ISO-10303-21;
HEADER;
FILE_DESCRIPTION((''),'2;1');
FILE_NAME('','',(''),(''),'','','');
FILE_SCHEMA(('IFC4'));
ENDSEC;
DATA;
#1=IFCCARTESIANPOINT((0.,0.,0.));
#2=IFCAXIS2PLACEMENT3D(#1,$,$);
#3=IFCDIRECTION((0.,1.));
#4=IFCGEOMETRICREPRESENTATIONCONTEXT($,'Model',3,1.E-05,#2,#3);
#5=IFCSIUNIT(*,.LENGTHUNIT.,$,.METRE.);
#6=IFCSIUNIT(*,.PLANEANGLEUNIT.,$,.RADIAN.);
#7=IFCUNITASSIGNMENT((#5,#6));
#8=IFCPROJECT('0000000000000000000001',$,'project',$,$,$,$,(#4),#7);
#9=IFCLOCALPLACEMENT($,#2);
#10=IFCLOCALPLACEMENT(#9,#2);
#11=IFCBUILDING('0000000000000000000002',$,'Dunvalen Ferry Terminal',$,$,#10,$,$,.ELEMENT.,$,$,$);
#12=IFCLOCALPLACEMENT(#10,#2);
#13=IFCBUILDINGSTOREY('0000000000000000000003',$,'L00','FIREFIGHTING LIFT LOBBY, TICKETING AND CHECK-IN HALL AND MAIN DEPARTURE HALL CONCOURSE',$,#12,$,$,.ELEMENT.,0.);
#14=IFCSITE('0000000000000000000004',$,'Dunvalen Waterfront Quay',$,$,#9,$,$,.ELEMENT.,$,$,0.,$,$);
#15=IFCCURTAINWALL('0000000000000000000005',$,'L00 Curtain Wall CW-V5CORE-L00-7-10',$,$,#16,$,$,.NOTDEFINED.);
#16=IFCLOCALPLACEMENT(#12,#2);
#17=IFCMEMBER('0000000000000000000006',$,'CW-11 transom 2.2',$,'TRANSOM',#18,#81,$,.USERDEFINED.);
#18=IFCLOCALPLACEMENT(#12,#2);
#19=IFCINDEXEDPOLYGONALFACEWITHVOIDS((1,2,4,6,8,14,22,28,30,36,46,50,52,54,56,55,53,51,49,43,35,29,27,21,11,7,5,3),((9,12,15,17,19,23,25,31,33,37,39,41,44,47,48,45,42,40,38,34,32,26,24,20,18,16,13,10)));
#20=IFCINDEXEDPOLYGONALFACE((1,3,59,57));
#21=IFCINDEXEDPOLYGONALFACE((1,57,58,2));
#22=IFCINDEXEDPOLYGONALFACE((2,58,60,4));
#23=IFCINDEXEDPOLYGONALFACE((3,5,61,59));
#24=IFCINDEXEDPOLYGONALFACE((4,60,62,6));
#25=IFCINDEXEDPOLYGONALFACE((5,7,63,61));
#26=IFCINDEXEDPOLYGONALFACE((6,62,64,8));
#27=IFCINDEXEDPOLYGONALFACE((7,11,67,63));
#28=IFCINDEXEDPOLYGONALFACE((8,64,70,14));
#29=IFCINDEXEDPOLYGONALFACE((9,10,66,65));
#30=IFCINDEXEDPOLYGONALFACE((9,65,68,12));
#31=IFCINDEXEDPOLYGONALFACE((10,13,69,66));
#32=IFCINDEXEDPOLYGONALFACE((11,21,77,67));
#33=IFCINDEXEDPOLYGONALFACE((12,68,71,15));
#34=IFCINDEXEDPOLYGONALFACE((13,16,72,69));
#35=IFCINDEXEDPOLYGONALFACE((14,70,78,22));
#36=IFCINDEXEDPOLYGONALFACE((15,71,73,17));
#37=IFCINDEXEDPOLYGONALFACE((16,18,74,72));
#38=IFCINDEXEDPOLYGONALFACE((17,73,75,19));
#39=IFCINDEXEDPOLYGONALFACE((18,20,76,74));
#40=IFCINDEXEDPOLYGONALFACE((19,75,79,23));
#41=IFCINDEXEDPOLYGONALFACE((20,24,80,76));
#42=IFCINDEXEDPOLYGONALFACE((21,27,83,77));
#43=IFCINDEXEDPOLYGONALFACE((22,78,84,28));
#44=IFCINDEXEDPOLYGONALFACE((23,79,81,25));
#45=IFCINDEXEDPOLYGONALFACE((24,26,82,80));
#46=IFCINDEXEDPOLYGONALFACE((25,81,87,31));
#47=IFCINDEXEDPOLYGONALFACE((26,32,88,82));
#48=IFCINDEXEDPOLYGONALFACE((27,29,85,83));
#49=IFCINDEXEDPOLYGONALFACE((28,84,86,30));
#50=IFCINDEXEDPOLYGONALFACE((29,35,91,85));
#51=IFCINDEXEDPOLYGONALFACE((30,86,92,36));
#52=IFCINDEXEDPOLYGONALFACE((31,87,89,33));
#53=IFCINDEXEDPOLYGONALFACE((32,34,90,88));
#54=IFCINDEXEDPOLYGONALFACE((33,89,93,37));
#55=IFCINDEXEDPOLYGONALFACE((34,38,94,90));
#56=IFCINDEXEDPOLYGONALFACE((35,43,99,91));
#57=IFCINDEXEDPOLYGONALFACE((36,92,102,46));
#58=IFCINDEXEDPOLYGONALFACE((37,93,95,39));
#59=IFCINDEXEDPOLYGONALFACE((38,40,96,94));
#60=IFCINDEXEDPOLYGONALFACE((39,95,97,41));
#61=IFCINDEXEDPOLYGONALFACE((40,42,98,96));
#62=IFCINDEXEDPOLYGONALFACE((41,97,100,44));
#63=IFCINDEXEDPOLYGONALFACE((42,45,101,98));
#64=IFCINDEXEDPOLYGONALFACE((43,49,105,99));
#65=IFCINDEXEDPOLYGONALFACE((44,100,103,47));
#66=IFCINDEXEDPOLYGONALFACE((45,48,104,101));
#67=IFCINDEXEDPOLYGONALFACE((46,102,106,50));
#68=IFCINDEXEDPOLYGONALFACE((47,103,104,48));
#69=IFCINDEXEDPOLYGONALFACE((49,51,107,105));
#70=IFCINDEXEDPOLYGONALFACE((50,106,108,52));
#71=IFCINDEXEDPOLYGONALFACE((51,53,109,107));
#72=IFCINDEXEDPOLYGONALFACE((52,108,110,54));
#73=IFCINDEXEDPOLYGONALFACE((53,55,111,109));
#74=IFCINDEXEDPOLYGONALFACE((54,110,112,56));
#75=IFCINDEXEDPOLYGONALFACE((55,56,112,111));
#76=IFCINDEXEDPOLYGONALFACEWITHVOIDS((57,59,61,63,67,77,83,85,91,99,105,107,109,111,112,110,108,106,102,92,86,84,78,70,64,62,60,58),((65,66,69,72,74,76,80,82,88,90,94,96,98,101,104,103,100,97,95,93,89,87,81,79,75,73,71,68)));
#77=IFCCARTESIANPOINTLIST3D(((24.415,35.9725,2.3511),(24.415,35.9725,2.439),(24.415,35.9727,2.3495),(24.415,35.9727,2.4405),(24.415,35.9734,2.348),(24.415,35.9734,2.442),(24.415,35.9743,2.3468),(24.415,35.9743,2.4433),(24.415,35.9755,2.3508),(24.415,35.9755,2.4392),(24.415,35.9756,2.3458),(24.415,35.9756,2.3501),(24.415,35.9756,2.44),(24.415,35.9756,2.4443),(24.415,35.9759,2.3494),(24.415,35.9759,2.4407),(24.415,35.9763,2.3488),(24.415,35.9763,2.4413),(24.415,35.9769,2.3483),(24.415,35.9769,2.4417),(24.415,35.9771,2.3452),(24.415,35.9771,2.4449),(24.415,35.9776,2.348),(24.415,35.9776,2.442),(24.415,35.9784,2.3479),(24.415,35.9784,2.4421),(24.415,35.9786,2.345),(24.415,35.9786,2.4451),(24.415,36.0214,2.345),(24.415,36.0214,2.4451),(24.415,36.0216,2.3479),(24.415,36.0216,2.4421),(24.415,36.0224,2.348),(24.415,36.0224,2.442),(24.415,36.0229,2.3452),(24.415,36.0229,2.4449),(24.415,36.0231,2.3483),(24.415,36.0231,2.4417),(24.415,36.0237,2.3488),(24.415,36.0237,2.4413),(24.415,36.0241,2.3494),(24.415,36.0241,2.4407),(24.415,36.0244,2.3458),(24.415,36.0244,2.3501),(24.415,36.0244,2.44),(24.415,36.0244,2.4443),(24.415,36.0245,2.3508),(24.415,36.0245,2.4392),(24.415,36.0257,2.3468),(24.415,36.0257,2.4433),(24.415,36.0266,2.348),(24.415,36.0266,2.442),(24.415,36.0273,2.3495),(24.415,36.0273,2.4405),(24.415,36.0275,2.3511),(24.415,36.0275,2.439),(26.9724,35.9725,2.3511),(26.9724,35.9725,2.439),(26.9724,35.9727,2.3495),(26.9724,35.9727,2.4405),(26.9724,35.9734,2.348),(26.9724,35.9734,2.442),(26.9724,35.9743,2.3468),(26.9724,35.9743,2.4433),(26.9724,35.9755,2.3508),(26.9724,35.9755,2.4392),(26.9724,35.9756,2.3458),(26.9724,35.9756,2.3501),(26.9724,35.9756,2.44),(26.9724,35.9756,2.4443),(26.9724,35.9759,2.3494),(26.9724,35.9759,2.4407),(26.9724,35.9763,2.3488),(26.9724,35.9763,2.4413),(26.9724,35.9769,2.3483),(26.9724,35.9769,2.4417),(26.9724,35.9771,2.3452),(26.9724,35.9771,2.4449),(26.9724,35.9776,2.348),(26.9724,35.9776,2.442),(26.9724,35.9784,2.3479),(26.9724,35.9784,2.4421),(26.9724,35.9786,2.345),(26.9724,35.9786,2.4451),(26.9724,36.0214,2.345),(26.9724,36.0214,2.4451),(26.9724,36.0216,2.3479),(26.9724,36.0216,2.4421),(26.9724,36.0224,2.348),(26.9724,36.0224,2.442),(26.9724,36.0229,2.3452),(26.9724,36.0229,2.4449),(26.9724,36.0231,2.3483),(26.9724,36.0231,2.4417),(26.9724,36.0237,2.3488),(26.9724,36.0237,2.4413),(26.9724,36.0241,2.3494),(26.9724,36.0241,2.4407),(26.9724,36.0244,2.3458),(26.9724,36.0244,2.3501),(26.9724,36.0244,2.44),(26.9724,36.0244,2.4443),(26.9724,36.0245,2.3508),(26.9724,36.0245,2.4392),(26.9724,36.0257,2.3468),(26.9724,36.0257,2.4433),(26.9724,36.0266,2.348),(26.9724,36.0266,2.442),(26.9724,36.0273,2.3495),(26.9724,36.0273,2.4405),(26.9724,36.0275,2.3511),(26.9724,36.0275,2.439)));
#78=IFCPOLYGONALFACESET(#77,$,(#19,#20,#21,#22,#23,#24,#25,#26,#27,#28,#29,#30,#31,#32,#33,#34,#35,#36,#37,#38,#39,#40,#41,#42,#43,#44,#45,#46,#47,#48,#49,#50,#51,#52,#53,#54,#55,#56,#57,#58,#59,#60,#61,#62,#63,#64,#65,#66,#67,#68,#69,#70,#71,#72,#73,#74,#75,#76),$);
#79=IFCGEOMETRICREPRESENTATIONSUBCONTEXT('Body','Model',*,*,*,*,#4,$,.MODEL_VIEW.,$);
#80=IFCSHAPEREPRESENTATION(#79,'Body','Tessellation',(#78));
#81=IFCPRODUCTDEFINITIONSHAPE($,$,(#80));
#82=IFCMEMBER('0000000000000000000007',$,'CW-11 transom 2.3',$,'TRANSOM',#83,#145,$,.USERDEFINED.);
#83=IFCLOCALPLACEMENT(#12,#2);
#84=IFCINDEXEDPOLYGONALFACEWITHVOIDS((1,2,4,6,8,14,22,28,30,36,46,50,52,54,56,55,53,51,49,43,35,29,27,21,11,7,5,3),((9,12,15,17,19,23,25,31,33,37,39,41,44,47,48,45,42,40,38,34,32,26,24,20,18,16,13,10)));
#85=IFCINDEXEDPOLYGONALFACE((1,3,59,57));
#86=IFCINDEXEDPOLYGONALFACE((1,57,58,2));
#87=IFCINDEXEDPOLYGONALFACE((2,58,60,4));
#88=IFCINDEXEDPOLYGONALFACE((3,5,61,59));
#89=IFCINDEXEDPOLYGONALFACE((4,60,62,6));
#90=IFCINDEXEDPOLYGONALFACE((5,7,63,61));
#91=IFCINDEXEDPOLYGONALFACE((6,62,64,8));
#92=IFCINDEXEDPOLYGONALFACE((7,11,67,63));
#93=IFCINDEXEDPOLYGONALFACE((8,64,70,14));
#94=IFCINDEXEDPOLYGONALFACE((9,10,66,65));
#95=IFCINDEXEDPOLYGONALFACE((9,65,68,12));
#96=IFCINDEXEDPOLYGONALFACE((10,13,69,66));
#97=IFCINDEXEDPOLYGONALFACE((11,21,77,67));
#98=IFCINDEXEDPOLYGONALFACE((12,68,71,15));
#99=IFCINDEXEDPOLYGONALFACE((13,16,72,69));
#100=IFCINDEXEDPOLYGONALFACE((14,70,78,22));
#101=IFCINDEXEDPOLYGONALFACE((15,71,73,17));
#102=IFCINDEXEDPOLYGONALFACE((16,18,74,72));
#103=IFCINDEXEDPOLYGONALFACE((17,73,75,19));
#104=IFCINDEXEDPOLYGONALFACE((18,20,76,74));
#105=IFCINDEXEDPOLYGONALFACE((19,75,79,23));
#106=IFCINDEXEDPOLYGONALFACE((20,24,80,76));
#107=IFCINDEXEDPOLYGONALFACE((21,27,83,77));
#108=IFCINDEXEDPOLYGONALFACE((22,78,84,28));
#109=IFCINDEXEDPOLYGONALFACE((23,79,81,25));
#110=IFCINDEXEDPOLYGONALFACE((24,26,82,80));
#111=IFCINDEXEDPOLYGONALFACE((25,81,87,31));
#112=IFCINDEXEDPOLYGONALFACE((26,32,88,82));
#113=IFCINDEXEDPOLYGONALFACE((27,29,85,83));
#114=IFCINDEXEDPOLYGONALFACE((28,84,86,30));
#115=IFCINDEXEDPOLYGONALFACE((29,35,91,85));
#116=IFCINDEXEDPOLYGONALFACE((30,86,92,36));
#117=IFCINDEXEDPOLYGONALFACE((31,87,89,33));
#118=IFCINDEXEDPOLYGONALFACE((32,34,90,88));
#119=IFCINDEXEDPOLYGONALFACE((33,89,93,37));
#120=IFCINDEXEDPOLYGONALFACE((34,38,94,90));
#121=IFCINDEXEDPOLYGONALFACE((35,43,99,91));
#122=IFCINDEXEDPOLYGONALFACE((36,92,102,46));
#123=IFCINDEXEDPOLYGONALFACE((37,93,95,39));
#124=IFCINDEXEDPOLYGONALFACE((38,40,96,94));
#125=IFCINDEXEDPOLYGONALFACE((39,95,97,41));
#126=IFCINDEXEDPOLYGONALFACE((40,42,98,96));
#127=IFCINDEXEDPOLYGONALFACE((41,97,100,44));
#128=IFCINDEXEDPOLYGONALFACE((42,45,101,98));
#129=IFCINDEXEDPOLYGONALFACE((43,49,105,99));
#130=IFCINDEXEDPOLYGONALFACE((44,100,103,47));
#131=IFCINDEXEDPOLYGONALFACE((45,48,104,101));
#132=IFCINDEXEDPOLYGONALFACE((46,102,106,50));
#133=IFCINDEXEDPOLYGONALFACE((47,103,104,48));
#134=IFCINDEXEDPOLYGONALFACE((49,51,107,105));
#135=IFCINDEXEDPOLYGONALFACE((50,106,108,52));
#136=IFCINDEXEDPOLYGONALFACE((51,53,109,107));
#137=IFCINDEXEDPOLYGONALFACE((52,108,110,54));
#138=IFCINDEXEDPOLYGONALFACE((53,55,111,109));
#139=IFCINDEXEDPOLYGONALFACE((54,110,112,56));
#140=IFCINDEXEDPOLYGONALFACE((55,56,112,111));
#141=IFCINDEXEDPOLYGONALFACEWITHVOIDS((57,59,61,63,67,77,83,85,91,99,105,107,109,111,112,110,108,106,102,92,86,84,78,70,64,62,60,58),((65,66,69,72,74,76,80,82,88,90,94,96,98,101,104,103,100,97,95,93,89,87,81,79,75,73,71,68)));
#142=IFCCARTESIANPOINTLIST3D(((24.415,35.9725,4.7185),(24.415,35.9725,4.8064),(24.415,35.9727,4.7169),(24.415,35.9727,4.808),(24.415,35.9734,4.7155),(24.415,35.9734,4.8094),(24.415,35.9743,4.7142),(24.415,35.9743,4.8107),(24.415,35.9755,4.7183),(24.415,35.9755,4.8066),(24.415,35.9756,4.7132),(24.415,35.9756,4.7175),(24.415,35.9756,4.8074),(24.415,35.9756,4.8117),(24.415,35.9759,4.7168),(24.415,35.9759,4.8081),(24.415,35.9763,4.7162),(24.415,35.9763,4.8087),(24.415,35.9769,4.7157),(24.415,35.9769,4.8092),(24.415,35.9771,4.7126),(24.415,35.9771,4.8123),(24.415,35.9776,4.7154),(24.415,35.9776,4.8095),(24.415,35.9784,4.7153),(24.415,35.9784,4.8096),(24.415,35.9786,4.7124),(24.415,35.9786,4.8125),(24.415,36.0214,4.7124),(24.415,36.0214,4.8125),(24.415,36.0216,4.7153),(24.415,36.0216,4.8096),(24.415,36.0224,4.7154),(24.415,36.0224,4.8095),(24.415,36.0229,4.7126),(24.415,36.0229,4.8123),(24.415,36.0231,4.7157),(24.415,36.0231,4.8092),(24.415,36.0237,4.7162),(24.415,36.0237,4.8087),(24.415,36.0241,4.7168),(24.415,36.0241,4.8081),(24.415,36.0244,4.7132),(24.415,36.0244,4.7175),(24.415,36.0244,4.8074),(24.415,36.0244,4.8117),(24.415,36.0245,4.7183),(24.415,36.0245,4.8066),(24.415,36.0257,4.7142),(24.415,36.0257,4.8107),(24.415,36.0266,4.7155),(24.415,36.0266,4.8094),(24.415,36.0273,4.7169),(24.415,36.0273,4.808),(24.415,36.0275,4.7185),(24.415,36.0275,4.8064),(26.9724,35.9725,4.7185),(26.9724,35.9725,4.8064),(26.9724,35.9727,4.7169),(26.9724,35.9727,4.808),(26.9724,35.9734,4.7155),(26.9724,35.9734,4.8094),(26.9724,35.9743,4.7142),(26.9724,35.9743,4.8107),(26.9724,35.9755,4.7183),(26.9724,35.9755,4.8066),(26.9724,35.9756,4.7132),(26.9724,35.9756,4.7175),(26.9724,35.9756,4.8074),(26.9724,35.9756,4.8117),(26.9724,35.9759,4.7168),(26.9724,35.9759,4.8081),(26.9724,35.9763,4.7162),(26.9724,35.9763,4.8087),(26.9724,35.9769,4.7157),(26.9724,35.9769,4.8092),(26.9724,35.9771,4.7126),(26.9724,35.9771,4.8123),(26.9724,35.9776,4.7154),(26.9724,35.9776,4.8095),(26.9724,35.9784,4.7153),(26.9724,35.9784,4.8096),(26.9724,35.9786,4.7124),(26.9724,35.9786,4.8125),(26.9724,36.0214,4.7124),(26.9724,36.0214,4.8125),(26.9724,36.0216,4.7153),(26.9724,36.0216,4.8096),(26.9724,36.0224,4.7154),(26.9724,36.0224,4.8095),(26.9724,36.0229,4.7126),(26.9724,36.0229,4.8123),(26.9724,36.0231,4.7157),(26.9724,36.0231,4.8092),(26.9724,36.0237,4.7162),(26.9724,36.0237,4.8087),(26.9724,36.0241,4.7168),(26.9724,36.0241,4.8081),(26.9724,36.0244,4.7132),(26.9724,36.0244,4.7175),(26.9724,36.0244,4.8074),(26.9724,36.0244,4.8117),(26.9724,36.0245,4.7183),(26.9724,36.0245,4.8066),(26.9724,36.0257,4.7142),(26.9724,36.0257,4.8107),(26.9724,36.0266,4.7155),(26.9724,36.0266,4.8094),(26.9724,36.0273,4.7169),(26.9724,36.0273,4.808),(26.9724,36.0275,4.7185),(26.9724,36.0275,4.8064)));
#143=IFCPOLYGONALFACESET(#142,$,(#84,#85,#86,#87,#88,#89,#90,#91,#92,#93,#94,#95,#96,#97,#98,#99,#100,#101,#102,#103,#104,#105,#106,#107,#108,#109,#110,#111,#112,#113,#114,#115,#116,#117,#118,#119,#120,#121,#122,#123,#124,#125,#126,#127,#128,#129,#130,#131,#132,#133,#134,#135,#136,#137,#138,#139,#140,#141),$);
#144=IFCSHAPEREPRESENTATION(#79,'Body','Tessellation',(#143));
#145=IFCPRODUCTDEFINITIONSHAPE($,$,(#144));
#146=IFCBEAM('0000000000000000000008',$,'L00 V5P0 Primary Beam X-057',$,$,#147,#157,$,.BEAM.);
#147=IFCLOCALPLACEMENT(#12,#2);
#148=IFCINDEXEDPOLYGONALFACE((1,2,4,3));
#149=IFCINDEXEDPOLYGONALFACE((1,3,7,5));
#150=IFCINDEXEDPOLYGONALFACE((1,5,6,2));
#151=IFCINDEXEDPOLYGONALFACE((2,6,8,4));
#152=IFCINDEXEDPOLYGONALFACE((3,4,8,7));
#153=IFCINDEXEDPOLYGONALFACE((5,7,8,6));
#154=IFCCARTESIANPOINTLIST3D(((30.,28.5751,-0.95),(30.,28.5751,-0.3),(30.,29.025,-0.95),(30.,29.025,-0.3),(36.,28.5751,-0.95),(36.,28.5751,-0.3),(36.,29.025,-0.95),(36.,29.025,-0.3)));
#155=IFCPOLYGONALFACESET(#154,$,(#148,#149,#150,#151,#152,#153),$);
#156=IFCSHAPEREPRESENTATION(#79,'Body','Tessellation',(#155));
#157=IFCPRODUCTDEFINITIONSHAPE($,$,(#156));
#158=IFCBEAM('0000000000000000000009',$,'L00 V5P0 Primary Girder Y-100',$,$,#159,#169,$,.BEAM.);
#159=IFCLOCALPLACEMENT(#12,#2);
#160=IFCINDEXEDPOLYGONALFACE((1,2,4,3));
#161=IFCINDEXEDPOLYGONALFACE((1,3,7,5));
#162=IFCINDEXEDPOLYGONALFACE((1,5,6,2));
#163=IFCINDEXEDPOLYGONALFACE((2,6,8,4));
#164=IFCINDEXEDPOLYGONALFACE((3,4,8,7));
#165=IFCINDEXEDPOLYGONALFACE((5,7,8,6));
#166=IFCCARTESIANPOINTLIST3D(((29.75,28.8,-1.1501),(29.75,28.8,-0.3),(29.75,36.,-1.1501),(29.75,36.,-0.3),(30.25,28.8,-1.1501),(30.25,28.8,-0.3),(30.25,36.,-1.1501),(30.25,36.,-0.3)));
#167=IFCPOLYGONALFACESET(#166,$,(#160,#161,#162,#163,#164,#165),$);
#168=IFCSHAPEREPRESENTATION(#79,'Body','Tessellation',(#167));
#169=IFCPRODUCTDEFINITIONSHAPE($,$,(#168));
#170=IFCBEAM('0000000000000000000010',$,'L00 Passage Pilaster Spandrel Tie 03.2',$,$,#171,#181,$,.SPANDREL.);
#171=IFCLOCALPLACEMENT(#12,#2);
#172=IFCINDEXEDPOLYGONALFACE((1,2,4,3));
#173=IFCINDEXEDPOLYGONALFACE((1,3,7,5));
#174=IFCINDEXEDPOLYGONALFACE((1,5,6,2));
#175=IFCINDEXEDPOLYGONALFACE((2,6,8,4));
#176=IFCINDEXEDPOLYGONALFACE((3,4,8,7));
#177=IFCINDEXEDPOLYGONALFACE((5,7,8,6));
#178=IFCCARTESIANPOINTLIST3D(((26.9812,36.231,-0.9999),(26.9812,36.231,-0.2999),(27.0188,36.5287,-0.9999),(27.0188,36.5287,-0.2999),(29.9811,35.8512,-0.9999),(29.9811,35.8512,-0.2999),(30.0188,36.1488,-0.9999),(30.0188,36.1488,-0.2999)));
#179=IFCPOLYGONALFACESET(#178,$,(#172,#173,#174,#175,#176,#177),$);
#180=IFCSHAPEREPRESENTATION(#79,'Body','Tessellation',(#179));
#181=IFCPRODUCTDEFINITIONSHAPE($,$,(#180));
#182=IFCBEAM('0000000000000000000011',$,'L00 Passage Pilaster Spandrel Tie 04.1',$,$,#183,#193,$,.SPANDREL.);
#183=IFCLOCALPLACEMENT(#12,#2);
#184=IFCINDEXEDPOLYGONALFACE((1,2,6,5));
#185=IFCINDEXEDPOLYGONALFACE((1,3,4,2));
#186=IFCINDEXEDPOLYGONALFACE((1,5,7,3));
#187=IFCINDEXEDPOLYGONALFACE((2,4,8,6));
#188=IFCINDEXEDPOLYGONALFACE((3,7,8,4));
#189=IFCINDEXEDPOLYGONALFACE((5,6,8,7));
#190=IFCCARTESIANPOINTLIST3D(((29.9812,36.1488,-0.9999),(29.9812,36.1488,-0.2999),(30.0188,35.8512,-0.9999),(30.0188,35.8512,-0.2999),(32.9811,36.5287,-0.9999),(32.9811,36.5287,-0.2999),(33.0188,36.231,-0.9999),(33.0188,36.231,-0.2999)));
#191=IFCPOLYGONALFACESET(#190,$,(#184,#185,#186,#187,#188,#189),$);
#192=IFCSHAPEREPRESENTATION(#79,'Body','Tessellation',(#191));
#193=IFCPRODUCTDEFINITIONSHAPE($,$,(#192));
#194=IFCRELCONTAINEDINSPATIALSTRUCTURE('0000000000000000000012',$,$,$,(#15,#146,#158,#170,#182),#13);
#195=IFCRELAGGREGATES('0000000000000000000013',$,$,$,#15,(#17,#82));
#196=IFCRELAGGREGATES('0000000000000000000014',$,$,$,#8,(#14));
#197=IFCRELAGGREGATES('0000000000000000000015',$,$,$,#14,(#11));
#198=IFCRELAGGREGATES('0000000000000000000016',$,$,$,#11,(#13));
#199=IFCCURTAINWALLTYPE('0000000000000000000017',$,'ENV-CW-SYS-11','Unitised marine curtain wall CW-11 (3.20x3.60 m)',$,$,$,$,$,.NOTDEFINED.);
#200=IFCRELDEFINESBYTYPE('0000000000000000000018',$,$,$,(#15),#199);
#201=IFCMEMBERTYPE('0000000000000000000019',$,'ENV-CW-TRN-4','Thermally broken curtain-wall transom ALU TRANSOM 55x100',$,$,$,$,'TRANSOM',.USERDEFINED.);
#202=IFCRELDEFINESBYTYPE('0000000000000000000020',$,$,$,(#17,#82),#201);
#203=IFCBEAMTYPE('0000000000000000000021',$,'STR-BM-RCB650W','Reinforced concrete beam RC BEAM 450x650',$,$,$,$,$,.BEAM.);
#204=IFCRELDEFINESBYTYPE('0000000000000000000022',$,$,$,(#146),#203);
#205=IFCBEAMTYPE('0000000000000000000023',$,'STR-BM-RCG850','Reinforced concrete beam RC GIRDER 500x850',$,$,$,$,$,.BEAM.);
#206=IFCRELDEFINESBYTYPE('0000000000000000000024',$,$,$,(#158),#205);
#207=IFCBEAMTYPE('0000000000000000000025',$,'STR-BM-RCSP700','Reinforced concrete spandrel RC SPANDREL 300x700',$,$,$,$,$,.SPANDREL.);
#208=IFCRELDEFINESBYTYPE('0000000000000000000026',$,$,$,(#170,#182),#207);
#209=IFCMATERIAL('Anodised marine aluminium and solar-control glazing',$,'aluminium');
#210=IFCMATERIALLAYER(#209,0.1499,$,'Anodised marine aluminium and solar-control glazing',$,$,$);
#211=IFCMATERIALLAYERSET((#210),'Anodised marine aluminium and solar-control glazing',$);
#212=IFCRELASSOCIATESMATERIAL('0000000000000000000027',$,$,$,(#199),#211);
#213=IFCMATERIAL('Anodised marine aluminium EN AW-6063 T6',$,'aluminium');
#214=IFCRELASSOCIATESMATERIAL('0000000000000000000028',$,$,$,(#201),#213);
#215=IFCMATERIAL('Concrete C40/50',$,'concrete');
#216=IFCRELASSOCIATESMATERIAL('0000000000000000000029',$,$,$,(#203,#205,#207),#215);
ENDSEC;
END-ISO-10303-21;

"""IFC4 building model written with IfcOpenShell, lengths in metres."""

from ifc_helpers import new_model, si_unit, direction, frame, origin, origin_2d, place, context, subcontext, project, spatial, rectangle, hollow_rectangle, extrude, material, layer, layer_set, material_profile, profile_set, type_object, element, aggregate, save


model = new_model("IFC4")

# Units and contexts
model_context = context("Model", 3, precision=1e-05, world=origin(), true_north=direction((0.0, 1.0)))
body_context = subcontext(model_context, "Body", "Model", "MODEL_VIEW")
ifc_project = project(units=[si_unit("LENGTHUNIT", "METRE"), si_unit("PLANEANGLEUNIT", "RADIAN")], contexts=[model_context])

# Site, building, storey
site_placement = place(None, origin())
site = spatial("IfcSite", under=ifc_project, at=site_placement, Name="Dunvalen Waterfront Quay", CompositionType="ELEMENT", RefElevation=0.0)
building_placement = place(site_placement, origin())
building = spatial("IfcBuilding", under=site, at=building_placement, Name="Dunvalen Ferry Terminal", CompositionType="ELEMENT")
storey_placement = place(building_placement, origin())
storey = spatial("IfcBuildingStorey", under=building, at=storey_placement, Name="L00", Description="FIREFIGHTING LIFT LOBBY, TICKETING AND CHECK-IN HALL AND MAIN DEPARTURE HALL CONCOURSE", CompositionType="ELEMENT", Elevation=0.0)

# Shared definitions
ifc_material_1 = material(Name="Concrete C40/50", Category="concrete")

# Shared definitions
ifc_material_2 = material(Name="Anodised marine aluminium and solar-control glazing", Category="aluminium")
ifc_layer_1 = layer(ifc_material_2, 0.1499, Name="Anodised marine aluminium and solar-control glazing")
ifc_layer_set_1 = layer_set([ifc_layer_1], Name="Anodised marine aluminium and solar-control glazing")
curtain_wall_type = type_object("IfcCurtainWallType", Name="ENV-CW-SYS-11", Description="Unitised marine curtain wall CW-11 (3.20x3.60 m)", PredefinedType="NOTDEFINED", material=ifc_layer_set_1)
ifc_material_3 = material(Name="Anodised marine aluminium EN AW-6063 T6", Category="aluminium")

# Curtain wall, members
curtain_wall_1_placement = place(storey_placement, origin())
curtain_wall_1 = element("IfcCurtainWall", 1, at=curtain_wall_1_placement, inside=storey, type_object=curtain_wall_type, Name="L00 Curtain Wall CW-V5CORE-L00-7-10", PredefinedType="NOTDEFINED")
ifc_material_profile_1 = material_profile(ifc_material_3, hollow_rectangle(XDim=0.0549, YDim=0.1001, WallThickness=0.0029, InnerFilletRadius=0.0029, OuterFilletRadius=0.0061, at=origin_2d()), Name="Anodised marine aluminium EN AW-6063 T6")
ifc_profile_set_1 = profile_set([ifc_material_profile_1], Name="Anodised marine aluminium EN AW-6063 T6")
member_type_1 = type_object("IfcMemberType", Name="ENV-CW-TRN-4", Description="Thermally broken curtain-wall transom ALU TRANSOM 55x100", ElementType="TRANSOM", PredefinedType="USERDEFINED", material=ifc_profile_set_1)
member_1_placement = place(storey_placement, frame((26.9724, 36.0, 2.395), z_axis=(-1.0, 0.0, 0.0), x_axis=(0.0, -1.0, 0.0)))
member_1 = element("IfcMember", 2, at=member_1_placement, type_object=member_type_1, Name="CW-11 transom 2.2", ObjectType="TRANSOM", PredefinedType="USERDEFINED", context=body_context, shape_type="SweptSolid", body=[
    extrude(hollow_rectangle(XDim=0.0549, YDim=0.1001, WallThickness=0.0029, InnerFilletRadius=0.0029, OuterFilletRadius=0.0061, at=origin_2d()), origin(), (0.0, 0.0, 1.0), 2.5574),
])
member_2_placement = place(storey_placement, frame((26.9724, 36.0, 4.7625), z_axis=(-1.0, 0.0, 0.0), x_axis=(0.0, -1.0, 0.0)))
member_2 = element("IfcMember", 3, at=member_2_placement, type_object=member_type_1, Name="CW-11 transom 2.3", ObjectType="TRANSOM", PredefinedType="USERDEFINED", context=body_context, shape_type="SweptSolid", body=[
    extrude(hollow_rectangle(XDim=0.0549, YDim=0.1001, WallThickness=0.0029, InnerFilletRadius=0.0029, OuterFilletRadius=0.0061, at=origin_2d()), origin(), (0.0, 0.0, 1.0), 2.5574),
])

# Beams
ifc_material_profile_2 = material_profile(ifc_material_1, rectangle(XDim=0.45, YDim=0.6499, at=origin_2d()), Name="Concrete C40/50")
ifc_profile_set_2 = profile_set([ifc_material_profile_2], Name="Concrete C40/50")
beam_type_1 = type_object("IfcBeamType", Name="STR-BM-RCB650W", Description="Reinforced concrete beam RC BEAM 450x650", PredefinedType="BEAM", material=ifc_profile_set_2)
beam_1_placement = place(storey_placement, frame((30.0, 28.8, -0.625), z_axis=(1.0, 0.0, 0.0), x_axis=(0.0, 1.0, 0.0)))
element("IfcBeam", 4, at=beam_1_placement, inside=storey, type_object=beam_type_1, Name="L00 V5P0 Primary Beam X-057", PredefinedType="BEAM", context=body_context, shape_type="SweptSolid", body=[
    extrude(rectangle(XDim=0.45, YDim=0.6499, at=origin_2d()), origin(), (0.0, 0.0, 1.0), 6.0),
])
ifc_material_profile_3 = material_profile(ifc_material_1, rectangle(XDim=0.5, YDim=0.8501, at=origin_2d()), Name="Concrete C40/50")
ifc_profile_set_3 = profile_set([ifc_material_profile_3], Name="Concrete C40/50")
beam_type_2 = type_object("IfcBeamType", Name="STR-BM-RCG850", Description="Reinforced concrete beam RC GIRDER 500x850", PredefinedType="BEAM", material=ifc_profile_set_3)
beam_2_placement = place(storey_placement, frame((30.0, 28.8, -0.7251), z_axis=(0.0, 1.0, 0.0), x_axis=(-1.0, 0.0, 0.0)))
element("IfcBeam", 5, at=beam_2_placement, inside=storey, type_object=beam_type_2, Name="L00 V5P0 Primary Girder Y-100", PredefinedType="BEAM", context=body_context, shape_type="SweptSolid", body=[
    extrude(rectangle(XDim=0.5, YDim=0.8501, at=origin_2d()), origin(), (0.0, 0.0, 1.0), 7.2),
])
ifc_material_profile_4 = material_profile(ifc_material_1, rectangle(XDim=0.3, YDim=0.7, at=origin_2d()), Name="Concrete C40/50")
ifc_profile_set_4 = profile_set([ifc_material_profile_4], Name="Concrete C40/50")
beam_type_3 = type_object("IfcBeamType", Name="STR-BM-RCSP700", Description="Reinforced concrete spandrel RC SPANDREL 300x700", PredefinedType="SPANDREL", material=ifc_profile_set_4)
for number, where, z_axis, x_axis, name in (
    (6, (27.0, 36.3799, -0.6499), (0.992078, -0.125624, 0.0), (0.125624, 0.992078, 0.0), "L00 Passage Pilaster Spandrel Tie 03.2"),
    (7, (30.0, 36.0, -0.6499), (0.992078, 0.125624, 0.0), (-0.125624, 0.992078, 0.0), "L00 Passage Pilaster Spandrel Tie 04.1"),
):
    element("IfcBeam", number, at=place(storey_placement, frame(where, z_axis=z_axis, x_axis=x_axis)), inside=storey, type_object=beam_type_3, Name=name, PredefinedType="SPANDREL", context=body_context, shape_type="SweptSolid", body=[
        extrude(rectangle(XDim=0.3, YDim=0.7, at=origin_2d()), origin(), (0.0, 0.0, 1.0), 3.0239),
    ])

aggregate(curtain_wall_1, [member_1, member_2])

save(model, "model.ifc")
